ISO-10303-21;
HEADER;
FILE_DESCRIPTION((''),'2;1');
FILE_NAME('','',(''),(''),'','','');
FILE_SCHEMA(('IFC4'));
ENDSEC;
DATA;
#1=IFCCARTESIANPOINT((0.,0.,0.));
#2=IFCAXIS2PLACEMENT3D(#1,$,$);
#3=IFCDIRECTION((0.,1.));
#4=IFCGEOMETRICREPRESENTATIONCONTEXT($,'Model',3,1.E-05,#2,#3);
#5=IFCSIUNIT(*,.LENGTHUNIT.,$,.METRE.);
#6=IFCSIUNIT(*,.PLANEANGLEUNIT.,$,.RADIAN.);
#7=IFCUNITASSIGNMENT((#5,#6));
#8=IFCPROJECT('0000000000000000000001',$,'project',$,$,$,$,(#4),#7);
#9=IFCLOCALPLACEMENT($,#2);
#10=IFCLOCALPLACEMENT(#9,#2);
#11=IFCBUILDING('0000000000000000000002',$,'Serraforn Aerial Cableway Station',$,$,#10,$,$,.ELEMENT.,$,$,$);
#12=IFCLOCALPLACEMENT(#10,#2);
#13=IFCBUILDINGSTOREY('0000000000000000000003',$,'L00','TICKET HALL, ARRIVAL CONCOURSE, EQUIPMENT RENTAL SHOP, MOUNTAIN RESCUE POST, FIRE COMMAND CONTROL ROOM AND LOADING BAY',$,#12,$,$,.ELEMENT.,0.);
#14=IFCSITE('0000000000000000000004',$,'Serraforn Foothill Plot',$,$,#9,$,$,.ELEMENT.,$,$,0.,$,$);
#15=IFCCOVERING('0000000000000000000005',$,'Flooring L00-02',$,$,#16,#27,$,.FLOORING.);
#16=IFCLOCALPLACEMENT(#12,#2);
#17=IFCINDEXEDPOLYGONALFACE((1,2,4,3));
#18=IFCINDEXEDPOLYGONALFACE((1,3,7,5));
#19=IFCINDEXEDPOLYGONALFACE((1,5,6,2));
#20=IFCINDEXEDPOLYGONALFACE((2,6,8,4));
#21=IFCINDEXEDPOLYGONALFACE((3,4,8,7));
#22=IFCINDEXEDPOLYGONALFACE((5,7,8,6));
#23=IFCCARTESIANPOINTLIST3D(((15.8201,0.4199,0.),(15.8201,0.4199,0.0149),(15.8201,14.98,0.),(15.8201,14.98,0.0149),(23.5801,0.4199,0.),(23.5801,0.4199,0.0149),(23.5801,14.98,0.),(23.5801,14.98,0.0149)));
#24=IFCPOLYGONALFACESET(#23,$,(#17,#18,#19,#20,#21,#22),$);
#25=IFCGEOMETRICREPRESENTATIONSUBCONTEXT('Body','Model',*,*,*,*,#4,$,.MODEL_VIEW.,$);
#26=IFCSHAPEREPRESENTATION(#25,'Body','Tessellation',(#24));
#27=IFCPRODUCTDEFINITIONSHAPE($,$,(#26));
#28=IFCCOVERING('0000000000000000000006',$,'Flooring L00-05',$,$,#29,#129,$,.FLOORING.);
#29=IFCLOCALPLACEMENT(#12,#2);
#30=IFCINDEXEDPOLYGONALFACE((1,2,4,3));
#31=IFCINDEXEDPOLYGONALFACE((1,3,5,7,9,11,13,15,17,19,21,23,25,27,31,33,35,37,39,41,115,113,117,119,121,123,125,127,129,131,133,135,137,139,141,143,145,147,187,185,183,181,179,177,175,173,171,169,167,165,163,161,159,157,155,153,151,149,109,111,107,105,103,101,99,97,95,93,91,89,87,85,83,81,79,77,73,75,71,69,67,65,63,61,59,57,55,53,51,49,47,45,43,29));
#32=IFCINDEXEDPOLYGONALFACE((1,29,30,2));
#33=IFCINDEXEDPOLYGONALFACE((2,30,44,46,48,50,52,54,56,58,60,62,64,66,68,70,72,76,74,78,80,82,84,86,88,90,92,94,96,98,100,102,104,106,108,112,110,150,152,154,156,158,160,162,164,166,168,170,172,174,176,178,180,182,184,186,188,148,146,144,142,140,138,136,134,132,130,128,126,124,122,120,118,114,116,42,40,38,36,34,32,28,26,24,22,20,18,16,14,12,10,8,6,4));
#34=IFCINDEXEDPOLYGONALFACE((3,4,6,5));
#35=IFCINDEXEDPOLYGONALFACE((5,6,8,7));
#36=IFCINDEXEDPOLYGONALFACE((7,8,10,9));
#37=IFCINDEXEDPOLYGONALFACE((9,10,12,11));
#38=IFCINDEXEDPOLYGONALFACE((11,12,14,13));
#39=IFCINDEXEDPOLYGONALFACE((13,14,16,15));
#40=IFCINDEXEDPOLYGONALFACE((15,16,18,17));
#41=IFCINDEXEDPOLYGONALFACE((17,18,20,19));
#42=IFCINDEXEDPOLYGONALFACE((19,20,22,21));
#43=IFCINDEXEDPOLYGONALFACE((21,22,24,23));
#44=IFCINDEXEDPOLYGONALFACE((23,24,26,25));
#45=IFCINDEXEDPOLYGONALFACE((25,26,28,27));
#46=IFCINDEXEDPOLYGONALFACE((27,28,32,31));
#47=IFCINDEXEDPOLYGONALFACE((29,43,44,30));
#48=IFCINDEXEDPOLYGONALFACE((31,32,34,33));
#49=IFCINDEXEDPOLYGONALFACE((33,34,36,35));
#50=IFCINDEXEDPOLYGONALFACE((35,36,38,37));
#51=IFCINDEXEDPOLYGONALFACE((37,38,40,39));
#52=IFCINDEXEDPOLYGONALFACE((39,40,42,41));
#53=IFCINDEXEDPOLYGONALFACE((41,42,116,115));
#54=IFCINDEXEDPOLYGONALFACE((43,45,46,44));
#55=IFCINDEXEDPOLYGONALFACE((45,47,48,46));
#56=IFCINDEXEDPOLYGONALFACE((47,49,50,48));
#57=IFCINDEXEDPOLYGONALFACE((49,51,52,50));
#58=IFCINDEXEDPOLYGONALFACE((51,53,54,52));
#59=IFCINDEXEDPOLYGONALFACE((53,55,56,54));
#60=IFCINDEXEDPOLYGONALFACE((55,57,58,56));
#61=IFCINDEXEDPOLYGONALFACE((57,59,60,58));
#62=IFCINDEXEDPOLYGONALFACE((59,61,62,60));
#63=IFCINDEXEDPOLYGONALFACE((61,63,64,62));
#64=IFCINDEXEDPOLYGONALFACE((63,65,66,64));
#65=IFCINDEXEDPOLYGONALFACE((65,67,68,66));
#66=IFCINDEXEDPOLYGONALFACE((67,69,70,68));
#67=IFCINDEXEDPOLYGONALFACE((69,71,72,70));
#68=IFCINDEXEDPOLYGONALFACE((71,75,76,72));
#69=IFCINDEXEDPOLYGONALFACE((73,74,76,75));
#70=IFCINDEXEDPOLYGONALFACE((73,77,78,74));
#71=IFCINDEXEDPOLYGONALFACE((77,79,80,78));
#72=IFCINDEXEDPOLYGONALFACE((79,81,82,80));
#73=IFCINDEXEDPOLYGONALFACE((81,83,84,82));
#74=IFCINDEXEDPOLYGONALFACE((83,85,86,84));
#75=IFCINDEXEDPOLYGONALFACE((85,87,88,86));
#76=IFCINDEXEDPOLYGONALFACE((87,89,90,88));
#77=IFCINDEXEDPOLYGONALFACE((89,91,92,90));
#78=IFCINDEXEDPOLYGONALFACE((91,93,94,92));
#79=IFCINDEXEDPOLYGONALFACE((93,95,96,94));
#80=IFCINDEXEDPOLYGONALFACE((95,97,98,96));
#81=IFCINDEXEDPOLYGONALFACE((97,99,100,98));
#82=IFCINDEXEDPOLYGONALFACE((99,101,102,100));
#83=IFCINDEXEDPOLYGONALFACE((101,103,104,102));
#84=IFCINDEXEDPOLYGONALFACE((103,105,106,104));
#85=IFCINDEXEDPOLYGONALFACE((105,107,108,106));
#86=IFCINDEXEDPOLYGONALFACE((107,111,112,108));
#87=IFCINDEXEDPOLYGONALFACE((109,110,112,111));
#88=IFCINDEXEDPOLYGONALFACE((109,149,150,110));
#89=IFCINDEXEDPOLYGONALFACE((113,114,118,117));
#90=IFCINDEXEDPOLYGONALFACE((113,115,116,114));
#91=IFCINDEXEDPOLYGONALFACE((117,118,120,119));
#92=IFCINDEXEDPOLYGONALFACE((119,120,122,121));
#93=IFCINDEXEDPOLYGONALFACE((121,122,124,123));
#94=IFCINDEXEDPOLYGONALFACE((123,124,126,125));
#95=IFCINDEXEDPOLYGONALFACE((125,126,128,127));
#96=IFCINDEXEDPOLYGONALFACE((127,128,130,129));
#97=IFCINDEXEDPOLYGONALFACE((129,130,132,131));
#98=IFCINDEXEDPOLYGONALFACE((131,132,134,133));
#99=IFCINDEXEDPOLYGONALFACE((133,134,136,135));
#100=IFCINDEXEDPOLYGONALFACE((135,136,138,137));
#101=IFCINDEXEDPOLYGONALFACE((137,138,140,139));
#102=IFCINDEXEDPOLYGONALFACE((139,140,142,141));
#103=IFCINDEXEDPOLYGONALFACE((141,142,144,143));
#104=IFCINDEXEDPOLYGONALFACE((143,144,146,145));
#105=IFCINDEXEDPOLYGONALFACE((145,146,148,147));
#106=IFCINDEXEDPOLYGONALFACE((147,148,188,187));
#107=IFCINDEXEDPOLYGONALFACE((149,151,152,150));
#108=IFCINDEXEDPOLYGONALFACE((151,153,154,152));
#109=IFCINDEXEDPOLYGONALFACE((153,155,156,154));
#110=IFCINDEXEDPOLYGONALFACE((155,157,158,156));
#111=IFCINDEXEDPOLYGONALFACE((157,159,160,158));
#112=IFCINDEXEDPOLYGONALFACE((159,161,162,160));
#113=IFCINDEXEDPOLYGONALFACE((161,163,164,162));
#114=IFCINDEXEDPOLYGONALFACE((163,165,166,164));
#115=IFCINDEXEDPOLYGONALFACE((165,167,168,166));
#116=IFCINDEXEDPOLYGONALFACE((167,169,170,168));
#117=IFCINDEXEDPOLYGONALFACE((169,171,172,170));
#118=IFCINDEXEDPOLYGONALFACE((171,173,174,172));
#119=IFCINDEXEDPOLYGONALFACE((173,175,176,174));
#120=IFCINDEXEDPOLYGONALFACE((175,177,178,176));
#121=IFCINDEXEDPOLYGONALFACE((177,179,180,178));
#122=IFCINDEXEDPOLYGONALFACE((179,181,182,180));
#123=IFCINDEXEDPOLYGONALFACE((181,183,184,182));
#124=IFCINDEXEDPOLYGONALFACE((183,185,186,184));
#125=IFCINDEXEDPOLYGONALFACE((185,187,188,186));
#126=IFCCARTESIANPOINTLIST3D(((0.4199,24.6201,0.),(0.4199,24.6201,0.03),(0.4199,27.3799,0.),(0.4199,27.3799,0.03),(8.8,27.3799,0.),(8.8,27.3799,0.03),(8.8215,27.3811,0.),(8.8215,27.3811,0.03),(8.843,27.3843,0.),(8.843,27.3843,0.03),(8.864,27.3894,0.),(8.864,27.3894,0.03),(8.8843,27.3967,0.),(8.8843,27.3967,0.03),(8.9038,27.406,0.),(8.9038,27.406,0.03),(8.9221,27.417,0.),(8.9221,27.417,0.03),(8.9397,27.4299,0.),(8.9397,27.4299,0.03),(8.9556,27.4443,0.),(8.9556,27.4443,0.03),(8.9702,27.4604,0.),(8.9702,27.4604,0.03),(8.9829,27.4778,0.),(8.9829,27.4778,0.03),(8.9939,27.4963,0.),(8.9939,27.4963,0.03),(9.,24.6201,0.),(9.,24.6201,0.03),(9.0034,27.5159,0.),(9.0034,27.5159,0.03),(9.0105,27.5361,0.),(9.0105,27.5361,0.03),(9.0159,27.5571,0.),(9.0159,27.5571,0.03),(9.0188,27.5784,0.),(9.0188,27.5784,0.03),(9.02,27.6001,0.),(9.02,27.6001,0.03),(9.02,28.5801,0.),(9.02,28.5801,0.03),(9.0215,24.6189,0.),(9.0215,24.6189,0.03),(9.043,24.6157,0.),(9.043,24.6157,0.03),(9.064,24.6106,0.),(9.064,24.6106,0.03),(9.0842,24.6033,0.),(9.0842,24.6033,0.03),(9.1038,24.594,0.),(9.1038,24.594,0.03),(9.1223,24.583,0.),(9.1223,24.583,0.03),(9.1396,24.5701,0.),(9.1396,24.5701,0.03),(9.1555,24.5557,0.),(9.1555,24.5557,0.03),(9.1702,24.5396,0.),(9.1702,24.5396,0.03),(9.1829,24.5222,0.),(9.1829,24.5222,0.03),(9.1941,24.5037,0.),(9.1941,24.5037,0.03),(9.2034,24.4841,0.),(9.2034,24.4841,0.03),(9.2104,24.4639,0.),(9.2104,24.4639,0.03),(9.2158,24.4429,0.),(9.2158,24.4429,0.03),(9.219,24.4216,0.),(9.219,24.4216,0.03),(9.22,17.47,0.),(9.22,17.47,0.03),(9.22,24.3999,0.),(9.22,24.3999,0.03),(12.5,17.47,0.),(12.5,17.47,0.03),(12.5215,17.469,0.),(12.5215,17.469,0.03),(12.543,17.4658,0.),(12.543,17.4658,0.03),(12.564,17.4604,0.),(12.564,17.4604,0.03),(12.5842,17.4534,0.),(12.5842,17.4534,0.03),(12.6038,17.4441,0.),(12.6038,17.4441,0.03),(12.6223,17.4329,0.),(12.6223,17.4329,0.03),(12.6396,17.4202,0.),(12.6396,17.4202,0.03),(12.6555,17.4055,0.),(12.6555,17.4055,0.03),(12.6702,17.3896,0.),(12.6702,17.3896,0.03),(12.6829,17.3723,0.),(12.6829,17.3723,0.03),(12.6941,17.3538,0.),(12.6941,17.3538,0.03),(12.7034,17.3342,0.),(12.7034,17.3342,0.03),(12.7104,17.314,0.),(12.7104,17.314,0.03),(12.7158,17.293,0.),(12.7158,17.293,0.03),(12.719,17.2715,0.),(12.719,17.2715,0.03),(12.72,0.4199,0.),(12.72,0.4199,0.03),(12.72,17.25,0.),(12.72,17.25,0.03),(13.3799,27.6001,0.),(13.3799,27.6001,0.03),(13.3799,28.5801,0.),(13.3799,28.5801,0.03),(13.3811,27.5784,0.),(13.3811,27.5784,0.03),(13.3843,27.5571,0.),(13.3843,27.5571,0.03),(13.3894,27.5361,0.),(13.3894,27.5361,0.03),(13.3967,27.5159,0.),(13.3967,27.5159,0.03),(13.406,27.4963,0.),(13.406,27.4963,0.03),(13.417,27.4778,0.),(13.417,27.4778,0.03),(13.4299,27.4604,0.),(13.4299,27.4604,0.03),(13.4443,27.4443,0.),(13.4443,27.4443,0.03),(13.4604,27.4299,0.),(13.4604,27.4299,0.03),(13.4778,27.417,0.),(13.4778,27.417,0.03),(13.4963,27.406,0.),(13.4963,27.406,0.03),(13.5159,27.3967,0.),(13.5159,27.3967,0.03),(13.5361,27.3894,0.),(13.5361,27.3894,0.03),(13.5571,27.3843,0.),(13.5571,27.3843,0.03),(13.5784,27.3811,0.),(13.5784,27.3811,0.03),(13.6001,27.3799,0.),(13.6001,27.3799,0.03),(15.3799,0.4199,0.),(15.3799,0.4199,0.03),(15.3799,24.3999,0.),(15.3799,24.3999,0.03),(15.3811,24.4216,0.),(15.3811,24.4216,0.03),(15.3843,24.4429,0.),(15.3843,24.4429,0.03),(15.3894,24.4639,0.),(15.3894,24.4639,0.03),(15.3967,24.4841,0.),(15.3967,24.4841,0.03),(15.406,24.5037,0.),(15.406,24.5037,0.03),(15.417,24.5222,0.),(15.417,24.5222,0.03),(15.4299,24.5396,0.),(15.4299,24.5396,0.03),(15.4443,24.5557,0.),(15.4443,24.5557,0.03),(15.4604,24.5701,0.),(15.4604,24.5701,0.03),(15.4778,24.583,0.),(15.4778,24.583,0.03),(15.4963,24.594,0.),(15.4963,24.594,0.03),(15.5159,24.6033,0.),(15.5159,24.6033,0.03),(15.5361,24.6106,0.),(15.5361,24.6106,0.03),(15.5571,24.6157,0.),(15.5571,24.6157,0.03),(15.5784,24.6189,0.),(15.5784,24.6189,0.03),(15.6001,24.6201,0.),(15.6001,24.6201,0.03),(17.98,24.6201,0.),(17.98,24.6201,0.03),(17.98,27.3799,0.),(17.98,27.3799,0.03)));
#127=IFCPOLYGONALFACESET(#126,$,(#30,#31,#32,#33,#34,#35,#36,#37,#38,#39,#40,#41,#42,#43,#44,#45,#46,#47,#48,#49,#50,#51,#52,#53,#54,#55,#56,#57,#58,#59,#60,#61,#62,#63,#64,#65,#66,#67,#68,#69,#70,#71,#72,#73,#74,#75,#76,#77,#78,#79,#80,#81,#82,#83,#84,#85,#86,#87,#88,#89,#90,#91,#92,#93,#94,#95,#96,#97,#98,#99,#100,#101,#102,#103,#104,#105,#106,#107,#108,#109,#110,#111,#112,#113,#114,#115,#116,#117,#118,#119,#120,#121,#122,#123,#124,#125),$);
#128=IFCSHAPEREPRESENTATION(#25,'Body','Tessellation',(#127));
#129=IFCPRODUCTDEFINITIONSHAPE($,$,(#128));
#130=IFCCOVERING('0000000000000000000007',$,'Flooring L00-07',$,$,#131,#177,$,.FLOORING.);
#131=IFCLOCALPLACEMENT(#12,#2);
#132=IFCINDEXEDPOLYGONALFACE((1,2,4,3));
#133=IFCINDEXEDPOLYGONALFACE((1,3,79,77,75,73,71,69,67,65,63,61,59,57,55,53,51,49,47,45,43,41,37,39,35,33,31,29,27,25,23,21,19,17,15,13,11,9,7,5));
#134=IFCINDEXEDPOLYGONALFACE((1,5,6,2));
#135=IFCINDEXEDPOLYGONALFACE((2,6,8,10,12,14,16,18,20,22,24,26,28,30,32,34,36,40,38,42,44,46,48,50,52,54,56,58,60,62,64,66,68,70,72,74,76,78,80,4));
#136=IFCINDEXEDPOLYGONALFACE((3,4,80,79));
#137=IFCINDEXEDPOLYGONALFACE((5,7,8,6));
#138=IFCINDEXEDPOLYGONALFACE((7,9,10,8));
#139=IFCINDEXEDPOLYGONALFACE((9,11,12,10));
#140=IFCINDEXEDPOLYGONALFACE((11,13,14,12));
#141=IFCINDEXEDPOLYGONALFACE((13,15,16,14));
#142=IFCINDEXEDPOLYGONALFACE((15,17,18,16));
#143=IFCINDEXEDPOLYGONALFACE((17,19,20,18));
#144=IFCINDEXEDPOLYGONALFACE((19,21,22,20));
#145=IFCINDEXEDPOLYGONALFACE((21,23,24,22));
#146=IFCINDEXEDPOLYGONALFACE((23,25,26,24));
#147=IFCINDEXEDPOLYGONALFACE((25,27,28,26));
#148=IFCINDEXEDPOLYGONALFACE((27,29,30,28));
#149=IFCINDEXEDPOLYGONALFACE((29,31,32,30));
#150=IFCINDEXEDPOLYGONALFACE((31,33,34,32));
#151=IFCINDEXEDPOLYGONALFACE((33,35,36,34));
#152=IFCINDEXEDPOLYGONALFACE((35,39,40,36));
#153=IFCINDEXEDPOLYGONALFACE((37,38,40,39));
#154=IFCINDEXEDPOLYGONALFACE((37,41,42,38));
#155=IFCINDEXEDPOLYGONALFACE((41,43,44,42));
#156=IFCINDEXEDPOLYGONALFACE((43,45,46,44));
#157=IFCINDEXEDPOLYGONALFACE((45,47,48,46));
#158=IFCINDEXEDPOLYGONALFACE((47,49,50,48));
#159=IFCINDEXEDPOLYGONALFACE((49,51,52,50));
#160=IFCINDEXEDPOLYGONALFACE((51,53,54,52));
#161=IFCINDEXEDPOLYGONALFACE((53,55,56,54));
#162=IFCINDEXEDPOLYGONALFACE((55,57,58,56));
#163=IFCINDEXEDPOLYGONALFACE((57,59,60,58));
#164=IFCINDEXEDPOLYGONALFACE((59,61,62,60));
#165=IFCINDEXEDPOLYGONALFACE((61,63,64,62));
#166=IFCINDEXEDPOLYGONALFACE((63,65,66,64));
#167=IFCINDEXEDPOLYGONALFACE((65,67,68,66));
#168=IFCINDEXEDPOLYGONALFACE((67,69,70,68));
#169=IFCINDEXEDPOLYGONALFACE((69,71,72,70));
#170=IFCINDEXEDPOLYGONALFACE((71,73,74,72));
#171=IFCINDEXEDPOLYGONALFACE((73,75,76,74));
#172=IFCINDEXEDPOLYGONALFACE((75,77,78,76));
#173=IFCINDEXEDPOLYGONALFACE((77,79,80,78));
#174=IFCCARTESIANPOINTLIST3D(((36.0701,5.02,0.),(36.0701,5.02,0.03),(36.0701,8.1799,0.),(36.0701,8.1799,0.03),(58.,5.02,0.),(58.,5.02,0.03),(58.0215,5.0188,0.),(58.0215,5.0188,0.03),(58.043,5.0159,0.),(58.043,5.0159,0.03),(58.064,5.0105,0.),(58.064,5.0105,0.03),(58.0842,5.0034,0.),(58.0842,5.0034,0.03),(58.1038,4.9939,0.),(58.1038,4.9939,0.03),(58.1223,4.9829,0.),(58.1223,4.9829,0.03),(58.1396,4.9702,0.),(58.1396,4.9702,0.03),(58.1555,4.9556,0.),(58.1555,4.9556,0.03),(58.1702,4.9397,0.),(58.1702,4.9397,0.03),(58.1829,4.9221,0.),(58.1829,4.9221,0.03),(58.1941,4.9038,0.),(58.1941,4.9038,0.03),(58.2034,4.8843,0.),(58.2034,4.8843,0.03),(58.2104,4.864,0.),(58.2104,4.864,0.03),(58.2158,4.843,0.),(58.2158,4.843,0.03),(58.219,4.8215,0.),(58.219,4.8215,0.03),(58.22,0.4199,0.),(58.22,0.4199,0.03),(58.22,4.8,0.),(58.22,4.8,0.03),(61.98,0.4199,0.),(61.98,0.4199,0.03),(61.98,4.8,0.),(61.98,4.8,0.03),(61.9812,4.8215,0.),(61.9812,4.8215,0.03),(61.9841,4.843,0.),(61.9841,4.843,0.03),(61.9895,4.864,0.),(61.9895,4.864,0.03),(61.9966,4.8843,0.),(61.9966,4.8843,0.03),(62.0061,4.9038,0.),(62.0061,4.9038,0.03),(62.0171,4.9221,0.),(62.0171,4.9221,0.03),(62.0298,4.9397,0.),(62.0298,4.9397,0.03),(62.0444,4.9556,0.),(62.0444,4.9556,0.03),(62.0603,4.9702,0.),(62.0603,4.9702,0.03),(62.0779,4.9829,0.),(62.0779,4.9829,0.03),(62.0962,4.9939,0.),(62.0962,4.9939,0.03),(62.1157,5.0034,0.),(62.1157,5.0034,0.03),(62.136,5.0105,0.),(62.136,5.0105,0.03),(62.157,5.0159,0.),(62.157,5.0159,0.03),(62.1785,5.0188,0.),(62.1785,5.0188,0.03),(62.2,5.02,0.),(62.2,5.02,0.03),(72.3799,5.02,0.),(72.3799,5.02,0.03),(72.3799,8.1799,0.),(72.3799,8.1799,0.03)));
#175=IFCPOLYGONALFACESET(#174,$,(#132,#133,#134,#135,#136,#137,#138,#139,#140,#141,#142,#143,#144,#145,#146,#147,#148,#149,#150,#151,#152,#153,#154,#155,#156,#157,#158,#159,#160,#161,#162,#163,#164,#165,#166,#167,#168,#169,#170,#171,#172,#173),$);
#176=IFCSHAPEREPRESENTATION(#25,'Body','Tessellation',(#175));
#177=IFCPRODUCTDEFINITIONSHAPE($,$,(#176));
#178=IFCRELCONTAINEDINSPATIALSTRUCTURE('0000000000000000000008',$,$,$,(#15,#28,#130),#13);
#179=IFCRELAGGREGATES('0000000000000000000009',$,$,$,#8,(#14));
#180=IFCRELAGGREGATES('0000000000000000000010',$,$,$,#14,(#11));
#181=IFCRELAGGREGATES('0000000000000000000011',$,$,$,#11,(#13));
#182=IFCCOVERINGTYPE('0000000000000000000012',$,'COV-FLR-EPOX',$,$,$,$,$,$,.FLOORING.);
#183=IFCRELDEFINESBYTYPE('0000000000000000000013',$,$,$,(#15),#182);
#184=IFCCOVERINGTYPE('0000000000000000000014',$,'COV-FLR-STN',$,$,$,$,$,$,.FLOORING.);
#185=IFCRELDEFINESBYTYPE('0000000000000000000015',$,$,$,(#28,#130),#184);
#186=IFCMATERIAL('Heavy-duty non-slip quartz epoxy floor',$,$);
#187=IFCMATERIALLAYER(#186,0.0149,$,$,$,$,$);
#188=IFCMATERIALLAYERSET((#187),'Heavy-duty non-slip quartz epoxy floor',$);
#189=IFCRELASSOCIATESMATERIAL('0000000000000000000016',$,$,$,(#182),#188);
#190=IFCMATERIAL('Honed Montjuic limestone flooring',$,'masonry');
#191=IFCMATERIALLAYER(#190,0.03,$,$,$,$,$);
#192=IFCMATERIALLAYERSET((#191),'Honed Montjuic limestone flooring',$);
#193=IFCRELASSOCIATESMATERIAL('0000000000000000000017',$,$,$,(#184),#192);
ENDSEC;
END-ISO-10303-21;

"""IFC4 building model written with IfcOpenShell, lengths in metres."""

from ifc_helpers import new_model, si_unit, direction, origin, place, context, subcontext, project, spatial, polyline, outline, extrude, material, layer, layer_set, type_object, element, save


model = new_model("IFC4")

# Units and contexts
model_context = context("Model", 3, precision=1e-05, world=origin(), true_north=direction((0.0, 1.0)))
body_context = subcontext(model_context, "Body", "Model", "MODEL_VIEW")
ifc_project = project(units=[si_unit("LENGTHUNIT", "METRE"), si_unit("PLANEANGLEUNIT", "RADIAN")], contexts=[model_context])

# Site, building, storey
site_placement = place(None, origin())
site = spatial("IfcSite", under=ifc_project, at=site_placement, Name="Serraforn Foothill Plot", CompositionType="ELEMENT", RefElevation=0.0)
building_placement = place(site_placement, origin())
building = spatial("IfcBuilding", under=site, at=building_placement, Name="Serraforn Aerial Cableway Station", CompositionType="ELEMENT")
storey_placement = place(building_placement, origin())
storey = spatial("IfcBuildingStorey", under=building, at=storey_placement, Name="L00", Description="TICKET HALL, ARRIVAL CONCOURSE, EQUIPMENT RENTAL SHOP, MOUNTAIN RESCUE POST, FIRE COMMAND CONTROL ROOM AND LOADING BAY", CompositionType="ELEMENT", Elevation=0.0)

# Coverings
ifc_material_1 = material(Name="Heavy-duty non-slip quartz epoxy floor")
ifc_layer_1 = layer(ifc_material_1, 0.0149)
ifc_layer_set_1 = layer_set([ifc_layer_1], Name="Heavy-duty non-slip quartz epoxy floor")
covering_type_1 = type_object("IfcCoveringType", Name="COV-FLR-EPOX", PredefinedType="FLOORING", material=ifc_layer_set_1)
covering_1_placement = place(storey_placement, origin())
element("IfcCovering", 1, at=covering_1_placement, inside=storey, type_object=covering_type_1, Name="Flooring L00-02", PredefinedType="FLOORING", context=body_context, shape_type="SweptSolid", body=[
    extrude(outline(polyline([(15.8201, 0.4199), (15.8201, 14.98), (23.5801, 14.98), (23.5801, 0.4199), (15.8201, 0.4199)])), origin(), (0.0, 0.0, 1.0), 0.0149),
])
ifc_material_2 = material(Name="Honed Montjuic limestone flooring", Category="masonry")
ifc_layer_2 = layer(ifc_material_2, 0.03)
ifc_layer_set_2 = layer_set([ifc_layer_2], Name="Honed Montjuic limestone flooring")
covering_type_2 = type_object("IfcCoveringType", Name="COV-FLR-STN", PredefinedType="FLOORING", material=ifc_layer_set_2)
covering_2_placement = place(storey_placement, origin())
element("IfcCovering", 2, at=covering_2_placement, inside=storey, type_object=covering_type_2, Name="Flooring L00-05", PredefinedType="FLOORING", context=body_context, shape_type="SweptSolid", body=[
    extrude(outline(polyline([(12.72, 0.4199), (12.72, 17.25), (12.719, 17.2715), (12.7158, 17.293), (12.7104, 17.314), (12.7034, 17.3342), (12.6941, 17.3538), (12.6829, 17.3723), (12.6702, 17.3896), (12.6555, 17.4055), (12.6396, 17.4202), (12.6223, 17.4329), (12.6038, 17.4441), (12.5842, 17.4534), (12.564, 17.4604), (12.543, 17.4658), (12.5215, 17.469), (12.5, 17.47), (9.22, 17.47), (9.22, 24.3999), (9.219, 24.4216), (9.2158, 24.4429), (9.2104, 24.4639), (9.2034, 24.4841), (9.1941, 24.5037), (9.1829, 24.5222), (9.1702, 24.5396), (9.1555, 24.5557), (9.1396, 24.5701), (9.1223, 24.583), (9.1038, 24.594), (9.0842, 24.6033), (9.064, 24.6106), (9.043, 24.6157), (9.0215, 24.6189), (9.0, 24.6201), (0.4199, 24.6201), (0.4199, 27.3799), (8.8, 27.3799), (8.8215, 27.3811), (8.843, 27.3843), (8.864, 27.3894), (8.8843, 27.3967), (8.9038, 27.406), (8.9221, 27.417), (8.9397, 27.4299), (8.9556, 27.4443), (8.9702, 27.4604), (8.9829, 27.4778), (8.9939, 27.4963), (9.0034, 27.5159), (9.0105, 27.5361), (9.0159, 27.5571), (9.0188, 27.5784), (9.02, 27.6001), (9.02, 28.5801), (13.3799, 28.5801), (13.3799, 27.6001), (13.3811, 27.5784), (13.3843, 27.5571), (13.3894, 27.5361), (13.3967, 27.5159), (13.406, 27.4963), (13.417, 27.4778), (13.4299, 27.4604), (13.4443, 27.4443), (13.4604, 27.4299), (13.4778, 27.417), (13.4963, 27.406), (13.5159, 27.3967), (13.5361, 27.3894), (13.5571, 27.3843), (13.5784, 27.3811), (13.6001, 27.3799), (17.98, 27.3799), (17.98, 24.6201), (15.6001, 24.6201), (15.5784, 24.6189), (15.5571, 24.6157), (15.5361, 24.6106), (15.5159, 24.6033), (15.4963, 24.594), (15.4778, 24.583), (15.4604, 24.5701), (15.4443, 24.5557), (15.4299, 24.5396), (15.417, 24.5222), (15.406, 24.5037), (15.3967, 24.4841), (15.3894, 24.4639), (15.3843, 24.4429), (15.3811, 24.4216), (15.3799, 24.3999), (15.3799, 0.4199), (12.72, 0.4199)])), origin(), (0.0, 0.0, 1.0), 0.03),
])
covering_3_placement = place(storey_placement, origin())
element("IfcCovering", 3, at=covering_3_placement, inside=storey, type_object=covering_type_2, Name="Flooring L00-07", PredefinedType="FLOORING", context=body_context, shape_type="SweptSolid", body=[
    extrude(outline(polyline([(58.22, 0.4199), (58.22, 4.8), (58.219, 4.8215), (58.2158, 4.843), (58.2104, 4.864), (58.2034, 4.8843), (58.1941, 4.9038), (58.1829, 4.9221), (58.1702, 4.9397), (58.1555, 4.9556), (58.1396, 4.9702), (58.1223, 4.9829), (58.1038, 4.9939), (58.0842, 5.0034), (58.064, 5.0105), (58.043, 5.0159), (58.0215, 5.0188), (58.0, 5.02), (36.0701, 5.02), (36.0701, 8.1799), (72.3799, 8.1799), (72.3799, 5.02), (62.2, 5.02), (62.1785, 5.0188), (62.157, 5.0159), (62.136, 5.0105), (62.1157, 5.0034), (62.0962, 4.9939), (62.0779, 4.9829), (62.0603, 4.9702), (62.0444, 4.9556), (62.0298, 4.9397), (62.0171, 4.9221), (62.0061, 4.9038), (61.9966, 4.8843), (61.9895, 4.864), (61.9841, 4.843), (61.9812, 4.8215), (61.98, 4.8), (61.98, 0.4199), (58.22, 0.4199)])), origin(), (0.0, 0.0, 1.0), 0.03),
])

save(model, "model.ifc")
